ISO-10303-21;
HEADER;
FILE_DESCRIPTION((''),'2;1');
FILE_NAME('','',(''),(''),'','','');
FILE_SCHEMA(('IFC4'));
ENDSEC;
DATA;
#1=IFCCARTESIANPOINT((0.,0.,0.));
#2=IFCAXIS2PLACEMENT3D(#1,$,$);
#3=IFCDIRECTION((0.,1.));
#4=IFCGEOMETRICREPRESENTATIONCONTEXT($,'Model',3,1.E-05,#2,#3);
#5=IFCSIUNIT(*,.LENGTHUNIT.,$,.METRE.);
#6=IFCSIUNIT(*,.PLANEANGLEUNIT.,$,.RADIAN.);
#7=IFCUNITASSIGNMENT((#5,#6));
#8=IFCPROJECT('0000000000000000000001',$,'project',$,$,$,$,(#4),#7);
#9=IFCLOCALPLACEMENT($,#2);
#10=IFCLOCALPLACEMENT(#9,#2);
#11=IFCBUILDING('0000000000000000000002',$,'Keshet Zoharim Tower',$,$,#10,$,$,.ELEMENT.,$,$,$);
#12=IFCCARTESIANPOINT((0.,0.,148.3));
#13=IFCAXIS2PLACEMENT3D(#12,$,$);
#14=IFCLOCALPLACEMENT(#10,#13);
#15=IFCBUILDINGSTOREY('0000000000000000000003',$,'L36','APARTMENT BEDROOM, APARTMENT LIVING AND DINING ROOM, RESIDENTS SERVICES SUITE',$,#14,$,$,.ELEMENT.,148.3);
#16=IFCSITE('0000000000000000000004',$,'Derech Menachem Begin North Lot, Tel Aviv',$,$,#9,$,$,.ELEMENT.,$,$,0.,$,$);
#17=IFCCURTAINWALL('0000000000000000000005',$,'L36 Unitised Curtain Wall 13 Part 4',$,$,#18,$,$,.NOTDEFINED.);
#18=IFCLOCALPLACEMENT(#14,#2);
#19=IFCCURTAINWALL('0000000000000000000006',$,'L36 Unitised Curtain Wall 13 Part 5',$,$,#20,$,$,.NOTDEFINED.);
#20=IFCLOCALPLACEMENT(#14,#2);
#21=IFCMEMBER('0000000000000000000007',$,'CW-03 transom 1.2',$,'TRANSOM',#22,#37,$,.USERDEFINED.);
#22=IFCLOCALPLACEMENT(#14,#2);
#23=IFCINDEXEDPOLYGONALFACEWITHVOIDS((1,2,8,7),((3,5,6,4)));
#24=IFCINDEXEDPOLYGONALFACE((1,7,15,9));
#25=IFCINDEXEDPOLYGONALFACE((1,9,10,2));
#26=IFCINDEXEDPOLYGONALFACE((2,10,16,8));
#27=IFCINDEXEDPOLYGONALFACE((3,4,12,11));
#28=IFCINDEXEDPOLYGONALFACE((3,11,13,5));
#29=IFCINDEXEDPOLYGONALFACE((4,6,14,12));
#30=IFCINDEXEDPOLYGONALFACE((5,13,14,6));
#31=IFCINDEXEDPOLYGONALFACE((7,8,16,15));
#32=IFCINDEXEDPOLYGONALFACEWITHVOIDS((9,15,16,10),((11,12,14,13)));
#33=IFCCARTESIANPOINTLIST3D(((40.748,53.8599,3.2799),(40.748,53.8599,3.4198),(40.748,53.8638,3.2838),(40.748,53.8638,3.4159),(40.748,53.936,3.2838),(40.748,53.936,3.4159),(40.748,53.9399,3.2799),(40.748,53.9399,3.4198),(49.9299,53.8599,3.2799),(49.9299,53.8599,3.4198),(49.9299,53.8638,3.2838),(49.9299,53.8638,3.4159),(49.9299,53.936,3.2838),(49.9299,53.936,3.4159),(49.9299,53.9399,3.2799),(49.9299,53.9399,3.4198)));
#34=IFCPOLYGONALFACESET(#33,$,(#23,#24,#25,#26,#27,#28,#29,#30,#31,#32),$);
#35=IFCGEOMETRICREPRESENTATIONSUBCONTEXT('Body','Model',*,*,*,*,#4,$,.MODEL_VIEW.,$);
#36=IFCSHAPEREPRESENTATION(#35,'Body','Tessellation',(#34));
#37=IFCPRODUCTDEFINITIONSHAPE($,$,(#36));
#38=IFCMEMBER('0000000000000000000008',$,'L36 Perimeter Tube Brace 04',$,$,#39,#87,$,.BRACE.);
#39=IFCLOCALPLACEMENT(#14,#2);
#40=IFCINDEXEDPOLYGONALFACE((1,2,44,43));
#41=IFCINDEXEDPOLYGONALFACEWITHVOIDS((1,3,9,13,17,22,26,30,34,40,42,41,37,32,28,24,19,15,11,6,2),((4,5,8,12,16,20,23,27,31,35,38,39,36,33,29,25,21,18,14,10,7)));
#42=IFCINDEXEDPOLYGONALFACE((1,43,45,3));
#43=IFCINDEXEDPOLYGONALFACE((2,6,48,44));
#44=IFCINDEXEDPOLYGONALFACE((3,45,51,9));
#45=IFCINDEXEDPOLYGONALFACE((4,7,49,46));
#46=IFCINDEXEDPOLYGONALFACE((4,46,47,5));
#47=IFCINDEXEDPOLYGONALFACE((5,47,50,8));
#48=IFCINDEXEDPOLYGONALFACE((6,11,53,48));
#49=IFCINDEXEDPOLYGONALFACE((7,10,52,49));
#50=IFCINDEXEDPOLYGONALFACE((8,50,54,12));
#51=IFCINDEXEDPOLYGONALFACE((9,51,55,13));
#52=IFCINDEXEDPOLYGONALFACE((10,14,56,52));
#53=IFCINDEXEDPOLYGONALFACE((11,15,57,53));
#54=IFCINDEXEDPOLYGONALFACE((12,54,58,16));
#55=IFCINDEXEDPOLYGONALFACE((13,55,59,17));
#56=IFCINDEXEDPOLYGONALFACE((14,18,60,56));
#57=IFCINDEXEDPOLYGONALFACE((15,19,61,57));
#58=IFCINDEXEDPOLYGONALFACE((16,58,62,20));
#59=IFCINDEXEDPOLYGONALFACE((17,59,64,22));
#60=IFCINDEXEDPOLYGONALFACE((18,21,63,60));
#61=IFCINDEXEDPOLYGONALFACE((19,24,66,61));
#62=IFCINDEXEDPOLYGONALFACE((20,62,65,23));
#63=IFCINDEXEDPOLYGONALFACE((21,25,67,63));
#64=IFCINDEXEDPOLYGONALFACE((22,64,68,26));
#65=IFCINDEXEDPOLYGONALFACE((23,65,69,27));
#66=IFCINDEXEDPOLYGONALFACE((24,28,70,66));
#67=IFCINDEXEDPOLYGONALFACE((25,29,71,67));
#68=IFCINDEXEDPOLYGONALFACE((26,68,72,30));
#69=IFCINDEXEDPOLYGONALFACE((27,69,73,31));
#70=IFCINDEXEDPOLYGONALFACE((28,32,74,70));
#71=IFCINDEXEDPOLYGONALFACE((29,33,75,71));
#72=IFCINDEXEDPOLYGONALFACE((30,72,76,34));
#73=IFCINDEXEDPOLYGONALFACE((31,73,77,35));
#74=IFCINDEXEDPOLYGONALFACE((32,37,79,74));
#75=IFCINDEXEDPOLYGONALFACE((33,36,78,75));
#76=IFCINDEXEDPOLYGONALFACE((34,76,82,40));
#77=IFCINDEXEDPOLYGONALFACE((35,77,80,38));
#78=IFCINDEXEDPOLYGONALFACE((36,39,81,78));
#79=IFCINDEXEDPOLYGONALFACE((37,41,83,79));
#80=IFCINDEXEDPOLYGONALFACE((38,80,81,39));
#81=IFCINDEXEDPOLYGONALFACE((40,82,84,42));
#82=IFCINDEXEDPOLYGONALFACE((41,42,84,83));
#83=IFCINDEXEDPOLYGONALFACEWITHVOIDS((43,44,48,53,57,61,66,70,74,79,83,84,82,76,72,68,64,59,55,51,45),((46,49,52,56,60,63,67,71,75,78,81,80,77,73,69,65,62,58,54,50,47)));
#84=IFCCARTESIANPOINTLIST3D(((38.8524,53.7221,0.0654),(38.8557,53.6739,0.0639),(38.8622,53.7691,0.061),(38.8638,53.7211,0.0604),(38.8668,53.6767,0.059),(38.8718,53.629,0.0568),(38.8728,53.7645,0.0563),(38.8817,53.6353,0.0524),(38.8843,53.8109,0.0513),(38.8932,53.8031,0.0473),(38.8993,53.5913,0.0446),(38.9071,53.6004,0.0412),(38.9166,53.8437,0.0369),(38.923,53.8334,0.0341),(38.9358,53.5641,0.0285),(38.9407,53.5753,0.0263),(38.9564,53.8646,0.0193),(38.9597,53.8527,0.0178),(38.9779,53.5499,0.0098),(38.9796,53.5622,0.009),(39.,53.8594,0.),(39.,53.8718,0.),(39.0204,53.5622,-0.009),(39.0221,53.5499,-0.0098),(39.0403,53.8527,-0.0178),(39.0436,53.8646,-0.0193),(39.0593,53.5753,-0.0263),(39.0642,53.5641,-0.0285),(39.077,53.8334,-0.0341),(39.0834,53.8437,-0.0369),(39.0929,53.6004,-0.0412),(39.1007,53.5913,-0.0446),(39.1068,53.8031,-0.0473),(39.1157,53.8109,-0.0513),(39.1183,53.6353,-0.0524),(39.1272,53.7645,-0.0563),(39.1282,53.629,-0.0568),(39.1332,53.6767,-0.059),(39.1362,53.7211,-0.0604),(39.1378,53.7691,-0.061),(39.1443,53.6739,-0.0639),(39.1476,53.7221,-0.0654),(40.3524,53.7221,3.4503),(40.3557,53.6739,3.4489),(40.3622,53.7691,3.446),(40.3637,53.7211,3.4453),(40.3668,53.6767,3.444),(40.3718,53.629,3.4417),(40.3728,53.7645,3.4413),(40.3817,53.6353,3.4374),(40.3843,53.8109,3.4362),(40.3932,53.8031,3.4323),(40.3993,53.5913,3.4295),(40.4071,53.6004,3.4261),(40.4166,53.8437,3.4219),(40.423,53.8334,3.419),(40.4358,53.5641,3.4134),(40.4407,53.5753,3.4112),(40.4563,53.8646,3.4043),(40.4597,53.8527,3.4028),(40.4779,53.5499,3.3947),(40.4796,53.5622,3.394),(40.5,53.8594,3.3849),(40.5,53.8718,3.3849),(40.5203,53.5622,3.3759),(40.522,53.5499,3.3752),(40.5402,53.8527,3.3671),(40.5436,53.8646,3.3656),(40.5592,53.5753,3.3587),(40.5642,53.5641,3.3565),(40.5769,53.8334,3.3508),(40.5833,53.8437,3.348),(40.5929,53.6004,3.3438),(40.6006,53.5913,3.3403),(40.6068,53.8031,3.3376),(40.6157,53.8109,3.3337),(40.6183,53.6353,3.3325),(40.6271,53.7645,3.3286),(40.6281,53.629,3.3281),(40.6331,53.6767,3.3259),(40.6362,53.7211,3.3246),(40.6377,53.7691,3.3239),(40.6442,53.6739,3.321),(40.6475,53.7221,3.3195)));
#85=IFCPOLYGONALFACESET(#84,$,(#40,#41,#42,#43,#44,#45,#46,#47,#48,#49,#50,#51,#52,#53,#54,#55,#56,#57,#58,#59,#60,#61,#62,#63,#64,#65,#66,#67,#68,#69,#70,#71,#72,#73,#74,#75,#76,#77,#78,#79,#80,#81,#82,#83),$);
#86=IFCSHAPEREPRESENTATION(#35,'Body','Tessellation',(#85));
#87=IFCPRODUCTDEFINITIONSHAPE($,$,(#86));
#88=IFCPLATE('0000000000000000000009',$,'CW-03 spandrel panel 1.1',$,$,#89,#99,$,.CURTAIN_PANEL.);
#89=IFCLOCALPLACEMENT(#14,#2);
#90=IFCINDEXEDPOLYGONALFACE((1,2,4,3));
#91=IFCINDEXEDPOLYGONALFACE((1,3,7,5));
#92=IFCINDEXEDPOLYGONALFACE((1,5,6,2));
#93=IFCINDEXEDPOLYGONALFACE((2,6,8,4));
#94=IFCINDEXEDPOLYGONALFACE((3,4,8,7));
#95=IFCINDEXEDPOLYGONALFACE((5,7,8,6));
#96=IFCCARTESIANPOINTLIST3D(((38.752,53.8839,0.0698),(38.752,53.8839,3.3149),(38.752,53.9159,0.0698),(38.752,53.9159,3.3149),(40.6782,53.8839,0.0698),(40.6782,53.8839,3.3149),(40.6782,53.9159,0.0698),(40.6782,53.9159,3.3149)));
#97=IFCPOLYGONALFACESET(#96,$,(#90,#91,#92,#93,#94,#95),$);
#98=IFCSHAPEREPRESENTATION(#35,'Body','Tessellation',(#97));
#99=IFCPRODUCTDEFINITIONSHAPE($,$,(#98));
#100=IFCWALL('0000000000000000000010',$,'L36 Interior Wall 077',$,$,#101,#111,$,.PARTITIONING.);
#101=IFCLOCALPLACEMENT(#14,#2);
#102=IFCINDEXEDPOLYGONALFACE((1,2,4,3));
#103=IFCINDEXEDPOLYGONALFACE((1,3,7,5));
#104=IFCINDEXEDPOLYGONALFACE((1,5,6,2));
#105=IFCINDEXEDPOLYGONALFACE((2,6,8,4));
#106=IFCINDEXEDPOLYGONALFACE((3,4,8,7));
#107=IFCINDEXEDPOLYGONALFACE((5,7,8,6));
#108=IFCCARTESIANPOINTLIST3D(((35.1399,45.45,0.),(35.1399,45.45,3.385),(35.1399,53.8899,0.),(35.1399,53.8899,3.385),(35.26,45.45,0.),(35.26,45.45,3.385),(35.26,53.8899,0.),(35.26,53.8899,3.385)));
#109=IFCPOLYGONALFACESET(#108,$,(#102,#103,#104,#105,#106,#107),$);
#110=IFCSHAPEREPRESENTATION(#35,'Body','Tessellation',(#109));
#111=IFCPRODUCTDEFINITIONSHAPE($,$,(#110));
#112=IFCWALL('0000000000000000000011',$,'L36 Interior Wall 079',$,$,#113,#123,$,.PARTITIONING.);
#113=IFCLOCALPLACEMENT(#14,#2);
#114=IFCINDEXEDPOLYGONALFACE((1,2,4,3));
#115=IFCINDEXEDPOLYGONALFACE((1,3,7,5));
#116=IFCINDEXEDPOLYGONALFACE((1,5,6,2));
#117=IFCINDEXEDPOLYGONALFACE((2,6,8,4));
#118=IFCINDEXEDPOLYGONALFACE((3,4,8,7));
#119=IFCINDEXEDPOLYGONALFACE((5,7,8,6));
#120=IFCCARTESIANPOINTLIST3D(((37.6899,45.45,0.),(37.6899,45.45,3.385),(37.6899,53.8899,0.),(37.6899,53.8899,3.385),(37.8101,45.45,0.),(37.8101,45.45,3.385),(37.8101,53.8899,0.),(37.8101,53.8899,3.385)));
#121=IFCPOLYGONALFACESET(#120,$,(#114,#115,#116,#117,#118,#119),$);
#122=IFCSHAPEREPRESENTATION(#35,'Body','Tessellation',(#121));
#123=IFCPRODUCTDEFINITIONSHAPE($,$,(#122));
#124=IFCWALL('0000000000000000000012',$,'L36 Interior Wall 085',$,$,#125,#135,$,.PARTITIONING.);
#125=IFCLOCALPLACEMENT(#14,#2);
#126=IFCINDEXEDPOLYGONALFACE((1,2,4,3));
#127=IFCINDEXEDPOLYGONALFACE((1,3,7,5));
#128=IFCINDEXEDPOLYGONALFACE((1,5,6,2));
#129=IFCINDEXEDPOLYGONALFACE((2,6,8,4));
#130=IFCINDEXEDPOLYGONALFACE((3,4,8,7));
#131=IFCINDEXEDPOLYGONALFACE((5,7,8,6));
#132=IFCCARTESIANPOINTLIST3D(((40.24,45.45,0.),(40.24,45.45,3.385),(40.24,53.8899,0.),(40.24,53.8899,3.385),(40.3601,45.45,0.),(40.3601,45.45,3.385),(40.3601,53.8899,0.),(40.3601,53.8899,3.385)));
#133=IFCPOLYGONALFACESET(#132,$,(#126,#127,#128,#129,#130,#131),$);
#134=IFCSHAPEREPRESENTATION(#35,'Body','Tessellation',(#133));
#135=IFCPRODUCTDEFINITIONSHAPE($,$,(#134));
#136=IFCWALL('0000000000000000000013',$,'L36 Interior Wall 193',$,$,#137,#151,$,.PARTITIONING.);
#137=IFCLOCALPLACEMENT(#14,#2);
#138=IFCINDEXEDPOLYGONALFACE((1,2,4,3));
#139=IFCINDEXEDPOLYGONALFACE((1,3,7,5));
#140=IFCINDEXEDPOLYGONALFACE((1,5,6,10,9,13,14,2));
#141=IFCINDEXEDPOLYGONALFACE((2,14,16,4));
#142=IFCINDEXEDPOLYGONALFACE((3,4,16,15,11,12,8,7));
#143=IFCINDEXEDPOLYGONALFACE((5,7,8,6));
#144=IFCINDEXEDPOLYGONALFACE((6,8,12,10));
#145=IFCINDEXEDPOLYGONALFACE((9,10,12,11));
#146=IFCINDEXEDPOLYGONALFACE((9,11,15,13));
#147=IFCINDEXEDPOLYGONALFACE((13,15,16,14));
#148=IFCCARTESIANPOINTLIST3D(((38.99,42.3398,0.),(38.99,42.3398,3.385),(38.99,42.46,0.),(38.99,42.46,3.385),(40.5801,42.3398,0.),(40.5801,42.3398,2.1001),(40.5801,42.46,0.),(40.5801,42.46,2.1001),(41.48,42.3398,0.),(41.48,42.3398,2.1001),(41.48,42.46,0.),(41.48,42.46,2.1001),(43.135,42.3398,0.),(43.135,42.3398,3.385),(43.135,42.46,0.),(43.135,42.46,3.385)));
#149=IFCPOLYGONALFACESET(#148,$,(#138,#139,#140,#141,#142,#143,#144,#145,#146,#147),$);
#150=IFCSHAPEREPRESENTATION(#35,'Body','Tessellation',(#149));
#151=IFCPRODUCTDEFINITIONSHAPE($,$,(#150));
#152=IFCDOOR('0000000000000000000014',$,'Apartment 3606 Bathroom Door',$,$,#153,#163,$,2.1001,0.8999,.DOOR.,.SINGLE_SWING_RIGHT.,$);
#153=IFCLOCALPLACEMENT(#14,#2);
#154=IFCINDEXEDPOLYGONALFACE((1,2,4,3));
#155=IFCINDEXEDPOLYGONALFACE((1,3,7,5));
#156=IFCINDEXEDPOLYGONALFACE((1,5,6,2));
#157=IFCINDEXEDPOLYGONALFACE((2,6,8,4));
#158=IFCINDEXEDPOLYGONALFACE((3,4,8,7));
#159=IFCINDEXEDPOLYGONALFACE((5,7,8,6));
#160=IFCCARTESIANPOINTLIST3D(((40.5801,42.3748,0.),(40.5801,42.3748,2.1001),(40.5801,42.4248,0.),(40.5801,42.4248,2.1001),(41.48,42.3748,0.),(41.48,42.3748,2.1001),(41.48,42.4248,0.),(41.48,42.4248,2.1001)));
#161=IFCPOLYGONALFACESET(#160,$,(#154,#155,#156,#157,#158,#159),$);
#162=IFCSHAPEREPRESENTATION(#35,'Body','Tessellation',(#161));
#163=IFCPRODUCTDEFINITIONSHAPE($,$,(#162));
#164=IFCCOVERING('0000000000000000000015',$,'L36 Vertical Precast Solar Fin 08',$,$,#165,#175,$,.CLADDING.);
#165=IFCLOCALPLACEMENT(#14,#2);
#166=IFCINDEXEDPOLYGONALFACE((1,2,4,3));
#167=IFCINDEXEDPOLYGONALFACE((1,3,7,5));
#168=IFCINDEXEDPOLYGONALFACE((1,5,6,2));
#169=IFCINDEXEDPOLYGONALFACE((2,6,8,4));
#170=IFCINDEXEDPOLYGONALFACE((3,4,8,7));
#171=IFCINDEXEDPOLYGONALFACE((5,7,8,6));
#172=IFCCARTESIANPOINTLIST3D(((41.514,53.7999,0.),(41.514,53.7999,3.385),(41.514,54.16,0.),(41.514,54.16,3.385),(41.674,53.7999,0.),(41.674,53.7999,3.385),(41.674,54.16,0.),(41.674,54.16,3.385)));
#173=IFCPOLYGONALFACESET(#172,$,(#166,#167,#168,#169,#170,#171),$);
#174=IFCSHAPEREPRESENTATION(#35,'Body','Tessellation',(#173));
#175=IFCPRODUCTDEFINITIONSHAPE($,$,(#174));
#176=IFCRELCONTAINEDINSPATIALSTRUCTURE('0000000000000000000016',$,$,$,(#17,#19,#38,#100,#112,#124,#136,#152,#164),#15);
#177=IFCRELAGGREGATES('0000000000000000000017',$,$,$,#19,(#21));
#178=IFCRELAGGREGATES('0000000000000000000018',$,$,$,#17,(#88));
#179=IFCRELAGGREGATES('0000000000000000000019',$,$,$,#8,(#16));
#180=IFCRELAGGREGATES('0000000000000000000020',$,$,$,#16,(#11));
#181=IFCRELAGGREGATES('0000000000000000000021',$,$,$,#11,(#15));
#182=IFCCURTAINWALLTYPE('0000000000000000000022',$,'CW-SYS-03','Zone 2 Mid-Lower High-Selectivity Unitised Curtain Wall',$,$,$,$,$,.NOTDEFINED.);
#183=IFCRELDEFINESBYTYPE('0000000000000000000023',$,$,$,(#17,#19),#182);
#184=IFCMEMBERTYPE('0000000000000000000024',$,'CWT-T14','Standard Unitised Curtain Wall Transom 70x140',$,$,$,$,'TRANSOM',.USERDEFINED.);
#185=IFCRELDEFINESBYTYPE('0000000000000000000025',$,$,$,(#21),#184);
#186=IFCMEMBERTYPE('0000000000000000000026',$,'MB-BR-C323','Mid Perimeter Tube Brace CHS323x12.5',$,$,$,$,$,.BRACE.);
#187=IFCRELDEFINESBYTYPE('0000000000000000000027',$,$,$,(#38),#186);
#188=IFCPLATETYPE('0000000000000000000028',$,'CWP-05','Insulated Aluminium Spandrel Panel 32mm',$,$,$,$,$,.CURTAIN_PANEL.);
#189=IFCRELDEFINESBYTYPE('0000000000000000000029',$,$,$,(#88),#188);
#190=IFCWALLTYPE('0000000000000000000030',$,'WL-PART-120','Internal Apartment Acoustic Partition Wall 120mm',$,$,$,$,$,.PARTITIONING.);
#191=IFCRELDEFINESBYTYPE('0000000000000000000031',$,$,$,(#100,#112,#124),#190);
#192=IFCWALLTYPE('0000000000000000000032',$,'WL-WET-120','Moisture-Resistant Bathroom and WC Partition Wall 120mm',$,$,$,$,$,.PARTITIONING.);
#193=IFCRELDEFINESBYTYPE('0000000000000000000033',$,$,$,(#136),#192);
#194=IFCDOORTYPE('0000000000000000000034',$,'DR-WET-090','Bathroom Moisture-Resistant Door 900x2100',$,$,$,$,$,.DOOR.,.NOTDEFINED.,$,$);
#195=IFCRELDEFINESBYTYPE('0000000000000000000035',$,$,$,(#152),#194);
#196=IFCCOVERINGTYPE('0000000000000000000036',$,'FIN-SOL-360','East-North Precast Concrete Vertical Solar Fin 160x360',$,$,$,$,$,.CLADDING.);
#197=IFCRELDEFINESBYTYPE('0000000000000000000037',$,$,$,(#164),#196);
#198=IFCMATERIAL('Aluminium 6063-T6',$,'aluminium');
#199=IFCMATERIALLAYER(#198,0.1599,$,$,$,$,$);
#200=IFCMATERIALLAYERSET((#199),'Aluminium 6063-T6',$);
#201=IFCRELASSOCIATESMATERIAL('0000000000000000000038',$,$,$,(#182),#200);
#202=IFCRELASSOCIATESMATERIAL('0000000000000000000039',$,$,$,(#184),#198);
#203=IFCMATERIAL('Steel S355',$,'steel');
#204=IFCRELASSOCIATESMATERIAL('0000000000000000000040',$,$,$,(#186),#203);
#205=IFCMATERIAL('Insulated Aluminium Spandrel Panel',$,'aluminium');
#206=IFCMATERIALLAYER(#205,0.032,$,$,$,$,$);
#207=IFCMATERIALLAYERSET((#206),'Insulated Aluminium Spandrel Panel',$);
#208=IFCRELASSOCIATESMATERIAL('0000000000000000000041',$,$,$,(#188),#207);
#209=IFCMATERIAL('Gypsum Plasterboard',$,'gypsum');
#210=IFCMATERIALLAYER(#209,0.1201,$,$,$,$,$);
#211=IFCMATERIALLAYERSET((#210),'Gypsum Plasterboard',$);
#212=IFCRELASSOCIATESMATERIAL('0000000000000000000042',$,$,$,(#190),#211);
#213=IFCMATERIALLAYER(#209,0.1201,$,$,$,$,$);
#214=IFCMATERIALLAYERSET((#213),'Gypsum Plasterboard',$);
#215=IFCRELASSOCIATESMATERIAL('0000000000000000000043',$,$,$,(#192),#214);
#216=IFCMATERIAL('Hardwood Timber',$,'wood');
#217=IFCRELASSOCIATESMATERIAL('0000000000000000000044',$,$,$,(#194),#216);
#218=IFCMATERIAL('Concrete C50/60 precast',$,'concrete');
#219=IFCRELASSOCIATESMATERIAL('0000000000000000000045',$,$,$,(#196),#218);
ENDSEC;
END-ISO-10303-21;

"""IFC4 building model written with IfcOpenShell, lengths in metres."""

from ifc_helpers import new_model, si_unit, direction, frame, frame_2d, origin, origin_2d, place, context, subcontext, project, spatial, rectangle, hollow_rectangle, hollow_circle, extrude, material, layer, layer_set, material_profile, profile_set, type_object, element, fill, aggregate, save


model = new_model("IFC4")

# Units and contexts
model_context = context("Model", 3, precision=1e-05, world=origin(), true_north=direction((0.0, 1.0)))
body_context = subcontext(model_context, "Body", "Model", "MODEL_VIEW")
ifc_project = project(units=[si_unit("LENGTHUNIT", "METRE"), si_unit("PLANEANGLEUNIT", "RADIAN")], contexts=[model_context])

# Site, building, storey
site_placement = place(None, origin())
site = spatial("IfcSite", under=ifc_project, at=site_placement, Name="Derech Menachem Begin North Lot, Tel Aviv", CompositionType="ELEMENT", RefElevation=0.0)
building_placement = place(site_placement, origin())
building = spatial("IfcBuilding", under=site, at=building_placement, Name="Keshet Zoharim Tower", CompositionType="ELEMENT")
storey_placement = place(building_placement, frame((0.0, 0.0, 148.3)))
storey = spatial("IfcBuildingStorey", under=building, at=storey_placement, Name="L36", Description="APARTMENT BEDROOM, APARTMENT LIVING AND DINING ROOM, RESIDENTS SERVICES SUITE", CompositionType="ELEMENT", Elevation=148.3)

# Shared definitions
ifc_material_1 = material(Name="Steel S355", Category="steel")

# Shared definitions
ifc_material_2 = material(Name="Aluminium 6063-T6", Category="aluminium")
ifc_layer_1 = layer(ifc_material_2, 0.1599)
ifc_layer_set_1 = layer_set([ifc_layer_1], Name="Aluminium 6063-T6")
curtain_wall_type = type_object("IfcCurtainWallType", Name="CW-SYS-03", Description="Zone 2 Mid-Lower High-Selectivity Unitised Curtain Wall", PredefinedType="NOTDEFINED", material=ifc_layer_set_1)

# Curtain walls, member
curtain_wall_1_placement = place(storey_placement, origin())
curtain_wall_1 = element("IfcCurtainWall", 1, at=curtain_wall_1_placement, inside=storey, type_object=curtain_wall_type, Name="L36 Unitised Curtain Wall 13 Part 4", PredefinedType="NOTDEFINED")
ifc_material_profile_1 = material_profile(ifc_material_2, hollow_rectangle(XDim=0.0801, YDim=0.1399, WallThickness=0.0039, at=origin_2d()), Name="TRN-80x140")
ifc_profile_set_1 = profile_set([ifc_material_profile_1], Name="Aluminium 6063-T6")
member_type_1 = type_object("IfcMemberType", Name="CWT-T14", Description="Standard Unitised Curtain Wall Transom 70x140", ElementType="TRANSOM", PredefinedType="USERDEFINED", material=ifc_profile_set_1)
curtain_wall_2_placement = place(storey_placement, origin())
curtain_wall_2 = element("IfcCurtainWall", 2, at=curtain_wall_2_placement, inside=storey, type_object=curtain_wall_type, Name="L36 Unitised Curtain Wall 13 Part 5", PredefinedType="NOTDEFINED")
member_1_placement = place(storey_placement, frame((40.748, 53.8999, 3.3499), z_axis=(1.0, 0.0, 0.0), x_axis=(0.0, 1.0, 0.0)))
member_1 = element("IfcMember", 3, at=member_1_placement, type_object=member_type_1, Name="CW-03 transom 1.2", ObjectType="TRANSOM", PredefinedType="USERDEFINED", context=body_context, shape_type="SweptSolid", body=[
    extrude(hollow_rectangle(XDim=0.0801, YDim=0.1399, WallThickness=0.0039, at=origin_2d()), origin(), (0.0, 0.0, 1.0), 9.1819),
])
aggregate(curtain_wall_2, [member_1])

# Member
ifc_material_profile_2 = material_profile(ifc_material_1, hollow_circle(Radius=0.1619, WallThickness=0.0125, at=origin_2d()), Name="CHS323x12.5")
ifc_profile_set_2 = profile_set([ifc_material_profile_2], Name="Steel S355")
member_type_2 = type_object("IfcMemberType", Name="MB-BR-C323", Description="Mid Perimeter Tube Brace CHS323x12.5", PredefinedType="BRACE", material=ifc_profile_set_2)
member_2_placement = place(storey_placement, frame((39.0, 53.71, 0.0), z_axis=(0.405135, 0.0, 0.914257), x_axis=(0.0, 1.0, 0.0)))
element("IfcMember", 4, at=member_2_placement, inside=storey, type_object=member_type_2, Name="L36 Perimeter Tube Brace 04", PredefinedType="BRACE", context=body_context, shape_type="SweptSolid", body=[
    extrude(hollow_circle(Radius=0.1619, WallThickness=0.0125, at=origin_2d()), origin(), (0.0, 0.0, 1.0), 3.7024),
])

# Plate
ifc_material_3 = material(Name="Insulated Aluminium Spandrel Panel", Category="aluminium")
ifc_layer_2 = layer(ifc_material_3, 0.032)
ifc_layer_set_2 = layer_set([ifc_layer_2], Name="Insulated Aluminium Spandrel Panel")
plate_type = type_object("IfcPlateType", Name="CWP-05", Description="Insulated Aluminium Spandrel Panel 32mm", PredefinedType="CURTAIN_PANEL", material=ifc_layer_set_2)
plate_placement = place(storey_placement, frame((39.7151, 53.8999, 0.0698), z_axis=(0.0, 0.0, 1.0), x_axis=(1.0, 0.0, 0.0)))
plate = element("IfcPlate", 5, at=plate_placement, type_object=plate_type, Name="CW-03 spandrel panel 1.1", PredefinedType="CURTAIN_PANEL", context=body_context, shape_type="SweptSolid", body=[
    extrude(rectangle(XDim=1.9263, YDim=0.032, at=origin_2d()), origin(), (0.0, 0.0, 1.0), 3.2451),
])
aggregate(curtain_wall_1, [plate])

# Walls
ifc_material_4 = material(Name="Gypsum Plasterboard", Category="gypsum")
ifc_layer_3 = layer(ifc_material_4, 0.1201)
ifc_layer_set_3 = layer_set([ifc_layer_3], Name="Gypsum Plasterboard")
wall_type_1 = type_object("IfcWallType", Name="WL-PART-120", Description="Internal Apartment Acoustic Partition Wall 120mm", PredefinedType="PARTITIONING", material=ifc_layer_set_3)
for number, where, z_axis, x_axis, name in (
    (6, (35.2, 45.45, 0.0), (0.0, 0.0, 1.0), (0.0, 1.0, 0.0), "L36 Interior Wall 077"),
    (7, (37.75, 45.45, 0.0), (0.0, 0.0, 1.0), (0.0, 1.0, 0.0), "L36 Interior Wall 079"),
    (8, (40.3, 45.45, 0.0), (0.0, 0.0, 1.0), (0.0, 1.0, 0.0), "L36 Interior Wall 085"),
):
    element("IfcWall", number, at=place(storey_placement, frame(where, z_axis=z_axis, x_axis=x_axis)), inside=storey, type_object=wall_type_1, Name=name, PredefinedType="PARTITIONING", context=body_context, shape_type="SweptSolid", body=[
        extrude(rectangle(XDim=8.4399, YDim=0.1201, at=frame_2d((4.22, 0.0))), origin(), (0.0, 0.0, 1.0), 3.385),
    ])

# Wall, opening, door
ifc_layer_4 = layer(ifc_material_4, 0.1201)
ifc_layer_set_4 = layer_set([ifc_layer_4], Name="Gypsum Plasterboard")
wall_type_2 = type_object("IfcWallType", Name="WL-WET-120", Description="Moisture-Resistant Bathroom and WC Partition Wall 120mm", PredefinedType="PARTITIONING", material=ifc_layer_set_4)
wall_placement = place(storey_placement, frame((38.99, 42.3999, 0.0), z_axis=(0.0, 0.0, 1.0), x_axis=(1.0, 0.0, 0.0)))
wall = element("IfcWall", 9, at=wall_placement, inside=storey, type_object=wall_type_2, Name="L36 Interior Wall 193", PredefinedType="PARTITIONING", context=body_context, shape_type="SweptSolid", body=[
    extrude(rectangle(XDim=4.145, YDim=0.1201, at=frame_2d((2.0725, 0.0))), origin(), (0.0, 0.0, 1.0), 3.385),
])
opening_placement = place(wall_placement, frame((1.5901, 0.0, 0.0)))
opening = element("IfcOpeningElement", 10, at=opening_placement, cuts=wall, PredefinedType="OPENING", context=body_context, shape_type="SweptSolid", body=[
    extrude(rectangle(XDim=0.8999, YDim=2.1001, at=frame_2d((0.45, 1.05))), frame((0.0, 0.0701, 0.0), z_axis=(0.0, -1.0, 0.0), x_axis=(1.0, 0.0, 0.0)), (0.0, 0.0, 1.0), 0.1401),
])
ifc_material_5 = material(Name="Hardwood Timber", Category="wood")
door_type = type_object("IfcDoorType", Name="DR-WET-090", Description="Bathroom Moisture-Resistant Door 900x2100", OperationType="NOTDEFINED", PredefinedType="DOOR", material=ifc_material_5)
door_placement = place(opening_placement, origin())
door = element("IfcDoor", 11, at=door_placement, inside=storey, type_object=door_type, Name="Apartment 3606 Bathroom Door", OperationType="SINGLE_SWING_RIGHT", OverallHeight=2.1001, OverallWidth=0.8999, PredefinedType="DOOR", context=body_context, shape_type="SweptSolid", body=[
    extrude(rectangle(XDim=0.8999, YDim=2.1001, at=frame_2d((0.45, 1.05))), frame((0.0, 0.0249, 0.0), z_axis=(0.0, -1.0, 0.0), x_axis=(1.0, 0.0, 0.0)), (0.0, 0.0, 1.0), 0.05),
])
fill(opening, door)

# Covering
ifc_material_6 = material(Name="Concrete C50/60 precast", Category="concrete")
covering_type = type_object("IfcCoveringType", Name="FIN-SOL-360", Description="East-North Precast Concrete Vertical Solar Fin 160x360", PredefinedType="CLADDING", material=ifc_material_6)
covering_placement = place(storey_placement, frame((41.594, 53.98, 0.0), z_axis=(0.0, 0.0, 1.0), x_axis=(1.0, 0.0, 0.0)))
element("IfcCovering", 12, at=covering_placement, inside=storey, type_object=covering_type, Name="L36 Vertical Precast Solar Fin 08", PredefinedType="CLADDING", context=body_context, shape_type="SweptSolid", body=[
    extrude(rectangle(XDim=0.1599, YDim=0.3601, at=origin_2d()), origin(), (0.0, 0.0, 1.0), 3.385),
])

save(model, "model.ifc")
